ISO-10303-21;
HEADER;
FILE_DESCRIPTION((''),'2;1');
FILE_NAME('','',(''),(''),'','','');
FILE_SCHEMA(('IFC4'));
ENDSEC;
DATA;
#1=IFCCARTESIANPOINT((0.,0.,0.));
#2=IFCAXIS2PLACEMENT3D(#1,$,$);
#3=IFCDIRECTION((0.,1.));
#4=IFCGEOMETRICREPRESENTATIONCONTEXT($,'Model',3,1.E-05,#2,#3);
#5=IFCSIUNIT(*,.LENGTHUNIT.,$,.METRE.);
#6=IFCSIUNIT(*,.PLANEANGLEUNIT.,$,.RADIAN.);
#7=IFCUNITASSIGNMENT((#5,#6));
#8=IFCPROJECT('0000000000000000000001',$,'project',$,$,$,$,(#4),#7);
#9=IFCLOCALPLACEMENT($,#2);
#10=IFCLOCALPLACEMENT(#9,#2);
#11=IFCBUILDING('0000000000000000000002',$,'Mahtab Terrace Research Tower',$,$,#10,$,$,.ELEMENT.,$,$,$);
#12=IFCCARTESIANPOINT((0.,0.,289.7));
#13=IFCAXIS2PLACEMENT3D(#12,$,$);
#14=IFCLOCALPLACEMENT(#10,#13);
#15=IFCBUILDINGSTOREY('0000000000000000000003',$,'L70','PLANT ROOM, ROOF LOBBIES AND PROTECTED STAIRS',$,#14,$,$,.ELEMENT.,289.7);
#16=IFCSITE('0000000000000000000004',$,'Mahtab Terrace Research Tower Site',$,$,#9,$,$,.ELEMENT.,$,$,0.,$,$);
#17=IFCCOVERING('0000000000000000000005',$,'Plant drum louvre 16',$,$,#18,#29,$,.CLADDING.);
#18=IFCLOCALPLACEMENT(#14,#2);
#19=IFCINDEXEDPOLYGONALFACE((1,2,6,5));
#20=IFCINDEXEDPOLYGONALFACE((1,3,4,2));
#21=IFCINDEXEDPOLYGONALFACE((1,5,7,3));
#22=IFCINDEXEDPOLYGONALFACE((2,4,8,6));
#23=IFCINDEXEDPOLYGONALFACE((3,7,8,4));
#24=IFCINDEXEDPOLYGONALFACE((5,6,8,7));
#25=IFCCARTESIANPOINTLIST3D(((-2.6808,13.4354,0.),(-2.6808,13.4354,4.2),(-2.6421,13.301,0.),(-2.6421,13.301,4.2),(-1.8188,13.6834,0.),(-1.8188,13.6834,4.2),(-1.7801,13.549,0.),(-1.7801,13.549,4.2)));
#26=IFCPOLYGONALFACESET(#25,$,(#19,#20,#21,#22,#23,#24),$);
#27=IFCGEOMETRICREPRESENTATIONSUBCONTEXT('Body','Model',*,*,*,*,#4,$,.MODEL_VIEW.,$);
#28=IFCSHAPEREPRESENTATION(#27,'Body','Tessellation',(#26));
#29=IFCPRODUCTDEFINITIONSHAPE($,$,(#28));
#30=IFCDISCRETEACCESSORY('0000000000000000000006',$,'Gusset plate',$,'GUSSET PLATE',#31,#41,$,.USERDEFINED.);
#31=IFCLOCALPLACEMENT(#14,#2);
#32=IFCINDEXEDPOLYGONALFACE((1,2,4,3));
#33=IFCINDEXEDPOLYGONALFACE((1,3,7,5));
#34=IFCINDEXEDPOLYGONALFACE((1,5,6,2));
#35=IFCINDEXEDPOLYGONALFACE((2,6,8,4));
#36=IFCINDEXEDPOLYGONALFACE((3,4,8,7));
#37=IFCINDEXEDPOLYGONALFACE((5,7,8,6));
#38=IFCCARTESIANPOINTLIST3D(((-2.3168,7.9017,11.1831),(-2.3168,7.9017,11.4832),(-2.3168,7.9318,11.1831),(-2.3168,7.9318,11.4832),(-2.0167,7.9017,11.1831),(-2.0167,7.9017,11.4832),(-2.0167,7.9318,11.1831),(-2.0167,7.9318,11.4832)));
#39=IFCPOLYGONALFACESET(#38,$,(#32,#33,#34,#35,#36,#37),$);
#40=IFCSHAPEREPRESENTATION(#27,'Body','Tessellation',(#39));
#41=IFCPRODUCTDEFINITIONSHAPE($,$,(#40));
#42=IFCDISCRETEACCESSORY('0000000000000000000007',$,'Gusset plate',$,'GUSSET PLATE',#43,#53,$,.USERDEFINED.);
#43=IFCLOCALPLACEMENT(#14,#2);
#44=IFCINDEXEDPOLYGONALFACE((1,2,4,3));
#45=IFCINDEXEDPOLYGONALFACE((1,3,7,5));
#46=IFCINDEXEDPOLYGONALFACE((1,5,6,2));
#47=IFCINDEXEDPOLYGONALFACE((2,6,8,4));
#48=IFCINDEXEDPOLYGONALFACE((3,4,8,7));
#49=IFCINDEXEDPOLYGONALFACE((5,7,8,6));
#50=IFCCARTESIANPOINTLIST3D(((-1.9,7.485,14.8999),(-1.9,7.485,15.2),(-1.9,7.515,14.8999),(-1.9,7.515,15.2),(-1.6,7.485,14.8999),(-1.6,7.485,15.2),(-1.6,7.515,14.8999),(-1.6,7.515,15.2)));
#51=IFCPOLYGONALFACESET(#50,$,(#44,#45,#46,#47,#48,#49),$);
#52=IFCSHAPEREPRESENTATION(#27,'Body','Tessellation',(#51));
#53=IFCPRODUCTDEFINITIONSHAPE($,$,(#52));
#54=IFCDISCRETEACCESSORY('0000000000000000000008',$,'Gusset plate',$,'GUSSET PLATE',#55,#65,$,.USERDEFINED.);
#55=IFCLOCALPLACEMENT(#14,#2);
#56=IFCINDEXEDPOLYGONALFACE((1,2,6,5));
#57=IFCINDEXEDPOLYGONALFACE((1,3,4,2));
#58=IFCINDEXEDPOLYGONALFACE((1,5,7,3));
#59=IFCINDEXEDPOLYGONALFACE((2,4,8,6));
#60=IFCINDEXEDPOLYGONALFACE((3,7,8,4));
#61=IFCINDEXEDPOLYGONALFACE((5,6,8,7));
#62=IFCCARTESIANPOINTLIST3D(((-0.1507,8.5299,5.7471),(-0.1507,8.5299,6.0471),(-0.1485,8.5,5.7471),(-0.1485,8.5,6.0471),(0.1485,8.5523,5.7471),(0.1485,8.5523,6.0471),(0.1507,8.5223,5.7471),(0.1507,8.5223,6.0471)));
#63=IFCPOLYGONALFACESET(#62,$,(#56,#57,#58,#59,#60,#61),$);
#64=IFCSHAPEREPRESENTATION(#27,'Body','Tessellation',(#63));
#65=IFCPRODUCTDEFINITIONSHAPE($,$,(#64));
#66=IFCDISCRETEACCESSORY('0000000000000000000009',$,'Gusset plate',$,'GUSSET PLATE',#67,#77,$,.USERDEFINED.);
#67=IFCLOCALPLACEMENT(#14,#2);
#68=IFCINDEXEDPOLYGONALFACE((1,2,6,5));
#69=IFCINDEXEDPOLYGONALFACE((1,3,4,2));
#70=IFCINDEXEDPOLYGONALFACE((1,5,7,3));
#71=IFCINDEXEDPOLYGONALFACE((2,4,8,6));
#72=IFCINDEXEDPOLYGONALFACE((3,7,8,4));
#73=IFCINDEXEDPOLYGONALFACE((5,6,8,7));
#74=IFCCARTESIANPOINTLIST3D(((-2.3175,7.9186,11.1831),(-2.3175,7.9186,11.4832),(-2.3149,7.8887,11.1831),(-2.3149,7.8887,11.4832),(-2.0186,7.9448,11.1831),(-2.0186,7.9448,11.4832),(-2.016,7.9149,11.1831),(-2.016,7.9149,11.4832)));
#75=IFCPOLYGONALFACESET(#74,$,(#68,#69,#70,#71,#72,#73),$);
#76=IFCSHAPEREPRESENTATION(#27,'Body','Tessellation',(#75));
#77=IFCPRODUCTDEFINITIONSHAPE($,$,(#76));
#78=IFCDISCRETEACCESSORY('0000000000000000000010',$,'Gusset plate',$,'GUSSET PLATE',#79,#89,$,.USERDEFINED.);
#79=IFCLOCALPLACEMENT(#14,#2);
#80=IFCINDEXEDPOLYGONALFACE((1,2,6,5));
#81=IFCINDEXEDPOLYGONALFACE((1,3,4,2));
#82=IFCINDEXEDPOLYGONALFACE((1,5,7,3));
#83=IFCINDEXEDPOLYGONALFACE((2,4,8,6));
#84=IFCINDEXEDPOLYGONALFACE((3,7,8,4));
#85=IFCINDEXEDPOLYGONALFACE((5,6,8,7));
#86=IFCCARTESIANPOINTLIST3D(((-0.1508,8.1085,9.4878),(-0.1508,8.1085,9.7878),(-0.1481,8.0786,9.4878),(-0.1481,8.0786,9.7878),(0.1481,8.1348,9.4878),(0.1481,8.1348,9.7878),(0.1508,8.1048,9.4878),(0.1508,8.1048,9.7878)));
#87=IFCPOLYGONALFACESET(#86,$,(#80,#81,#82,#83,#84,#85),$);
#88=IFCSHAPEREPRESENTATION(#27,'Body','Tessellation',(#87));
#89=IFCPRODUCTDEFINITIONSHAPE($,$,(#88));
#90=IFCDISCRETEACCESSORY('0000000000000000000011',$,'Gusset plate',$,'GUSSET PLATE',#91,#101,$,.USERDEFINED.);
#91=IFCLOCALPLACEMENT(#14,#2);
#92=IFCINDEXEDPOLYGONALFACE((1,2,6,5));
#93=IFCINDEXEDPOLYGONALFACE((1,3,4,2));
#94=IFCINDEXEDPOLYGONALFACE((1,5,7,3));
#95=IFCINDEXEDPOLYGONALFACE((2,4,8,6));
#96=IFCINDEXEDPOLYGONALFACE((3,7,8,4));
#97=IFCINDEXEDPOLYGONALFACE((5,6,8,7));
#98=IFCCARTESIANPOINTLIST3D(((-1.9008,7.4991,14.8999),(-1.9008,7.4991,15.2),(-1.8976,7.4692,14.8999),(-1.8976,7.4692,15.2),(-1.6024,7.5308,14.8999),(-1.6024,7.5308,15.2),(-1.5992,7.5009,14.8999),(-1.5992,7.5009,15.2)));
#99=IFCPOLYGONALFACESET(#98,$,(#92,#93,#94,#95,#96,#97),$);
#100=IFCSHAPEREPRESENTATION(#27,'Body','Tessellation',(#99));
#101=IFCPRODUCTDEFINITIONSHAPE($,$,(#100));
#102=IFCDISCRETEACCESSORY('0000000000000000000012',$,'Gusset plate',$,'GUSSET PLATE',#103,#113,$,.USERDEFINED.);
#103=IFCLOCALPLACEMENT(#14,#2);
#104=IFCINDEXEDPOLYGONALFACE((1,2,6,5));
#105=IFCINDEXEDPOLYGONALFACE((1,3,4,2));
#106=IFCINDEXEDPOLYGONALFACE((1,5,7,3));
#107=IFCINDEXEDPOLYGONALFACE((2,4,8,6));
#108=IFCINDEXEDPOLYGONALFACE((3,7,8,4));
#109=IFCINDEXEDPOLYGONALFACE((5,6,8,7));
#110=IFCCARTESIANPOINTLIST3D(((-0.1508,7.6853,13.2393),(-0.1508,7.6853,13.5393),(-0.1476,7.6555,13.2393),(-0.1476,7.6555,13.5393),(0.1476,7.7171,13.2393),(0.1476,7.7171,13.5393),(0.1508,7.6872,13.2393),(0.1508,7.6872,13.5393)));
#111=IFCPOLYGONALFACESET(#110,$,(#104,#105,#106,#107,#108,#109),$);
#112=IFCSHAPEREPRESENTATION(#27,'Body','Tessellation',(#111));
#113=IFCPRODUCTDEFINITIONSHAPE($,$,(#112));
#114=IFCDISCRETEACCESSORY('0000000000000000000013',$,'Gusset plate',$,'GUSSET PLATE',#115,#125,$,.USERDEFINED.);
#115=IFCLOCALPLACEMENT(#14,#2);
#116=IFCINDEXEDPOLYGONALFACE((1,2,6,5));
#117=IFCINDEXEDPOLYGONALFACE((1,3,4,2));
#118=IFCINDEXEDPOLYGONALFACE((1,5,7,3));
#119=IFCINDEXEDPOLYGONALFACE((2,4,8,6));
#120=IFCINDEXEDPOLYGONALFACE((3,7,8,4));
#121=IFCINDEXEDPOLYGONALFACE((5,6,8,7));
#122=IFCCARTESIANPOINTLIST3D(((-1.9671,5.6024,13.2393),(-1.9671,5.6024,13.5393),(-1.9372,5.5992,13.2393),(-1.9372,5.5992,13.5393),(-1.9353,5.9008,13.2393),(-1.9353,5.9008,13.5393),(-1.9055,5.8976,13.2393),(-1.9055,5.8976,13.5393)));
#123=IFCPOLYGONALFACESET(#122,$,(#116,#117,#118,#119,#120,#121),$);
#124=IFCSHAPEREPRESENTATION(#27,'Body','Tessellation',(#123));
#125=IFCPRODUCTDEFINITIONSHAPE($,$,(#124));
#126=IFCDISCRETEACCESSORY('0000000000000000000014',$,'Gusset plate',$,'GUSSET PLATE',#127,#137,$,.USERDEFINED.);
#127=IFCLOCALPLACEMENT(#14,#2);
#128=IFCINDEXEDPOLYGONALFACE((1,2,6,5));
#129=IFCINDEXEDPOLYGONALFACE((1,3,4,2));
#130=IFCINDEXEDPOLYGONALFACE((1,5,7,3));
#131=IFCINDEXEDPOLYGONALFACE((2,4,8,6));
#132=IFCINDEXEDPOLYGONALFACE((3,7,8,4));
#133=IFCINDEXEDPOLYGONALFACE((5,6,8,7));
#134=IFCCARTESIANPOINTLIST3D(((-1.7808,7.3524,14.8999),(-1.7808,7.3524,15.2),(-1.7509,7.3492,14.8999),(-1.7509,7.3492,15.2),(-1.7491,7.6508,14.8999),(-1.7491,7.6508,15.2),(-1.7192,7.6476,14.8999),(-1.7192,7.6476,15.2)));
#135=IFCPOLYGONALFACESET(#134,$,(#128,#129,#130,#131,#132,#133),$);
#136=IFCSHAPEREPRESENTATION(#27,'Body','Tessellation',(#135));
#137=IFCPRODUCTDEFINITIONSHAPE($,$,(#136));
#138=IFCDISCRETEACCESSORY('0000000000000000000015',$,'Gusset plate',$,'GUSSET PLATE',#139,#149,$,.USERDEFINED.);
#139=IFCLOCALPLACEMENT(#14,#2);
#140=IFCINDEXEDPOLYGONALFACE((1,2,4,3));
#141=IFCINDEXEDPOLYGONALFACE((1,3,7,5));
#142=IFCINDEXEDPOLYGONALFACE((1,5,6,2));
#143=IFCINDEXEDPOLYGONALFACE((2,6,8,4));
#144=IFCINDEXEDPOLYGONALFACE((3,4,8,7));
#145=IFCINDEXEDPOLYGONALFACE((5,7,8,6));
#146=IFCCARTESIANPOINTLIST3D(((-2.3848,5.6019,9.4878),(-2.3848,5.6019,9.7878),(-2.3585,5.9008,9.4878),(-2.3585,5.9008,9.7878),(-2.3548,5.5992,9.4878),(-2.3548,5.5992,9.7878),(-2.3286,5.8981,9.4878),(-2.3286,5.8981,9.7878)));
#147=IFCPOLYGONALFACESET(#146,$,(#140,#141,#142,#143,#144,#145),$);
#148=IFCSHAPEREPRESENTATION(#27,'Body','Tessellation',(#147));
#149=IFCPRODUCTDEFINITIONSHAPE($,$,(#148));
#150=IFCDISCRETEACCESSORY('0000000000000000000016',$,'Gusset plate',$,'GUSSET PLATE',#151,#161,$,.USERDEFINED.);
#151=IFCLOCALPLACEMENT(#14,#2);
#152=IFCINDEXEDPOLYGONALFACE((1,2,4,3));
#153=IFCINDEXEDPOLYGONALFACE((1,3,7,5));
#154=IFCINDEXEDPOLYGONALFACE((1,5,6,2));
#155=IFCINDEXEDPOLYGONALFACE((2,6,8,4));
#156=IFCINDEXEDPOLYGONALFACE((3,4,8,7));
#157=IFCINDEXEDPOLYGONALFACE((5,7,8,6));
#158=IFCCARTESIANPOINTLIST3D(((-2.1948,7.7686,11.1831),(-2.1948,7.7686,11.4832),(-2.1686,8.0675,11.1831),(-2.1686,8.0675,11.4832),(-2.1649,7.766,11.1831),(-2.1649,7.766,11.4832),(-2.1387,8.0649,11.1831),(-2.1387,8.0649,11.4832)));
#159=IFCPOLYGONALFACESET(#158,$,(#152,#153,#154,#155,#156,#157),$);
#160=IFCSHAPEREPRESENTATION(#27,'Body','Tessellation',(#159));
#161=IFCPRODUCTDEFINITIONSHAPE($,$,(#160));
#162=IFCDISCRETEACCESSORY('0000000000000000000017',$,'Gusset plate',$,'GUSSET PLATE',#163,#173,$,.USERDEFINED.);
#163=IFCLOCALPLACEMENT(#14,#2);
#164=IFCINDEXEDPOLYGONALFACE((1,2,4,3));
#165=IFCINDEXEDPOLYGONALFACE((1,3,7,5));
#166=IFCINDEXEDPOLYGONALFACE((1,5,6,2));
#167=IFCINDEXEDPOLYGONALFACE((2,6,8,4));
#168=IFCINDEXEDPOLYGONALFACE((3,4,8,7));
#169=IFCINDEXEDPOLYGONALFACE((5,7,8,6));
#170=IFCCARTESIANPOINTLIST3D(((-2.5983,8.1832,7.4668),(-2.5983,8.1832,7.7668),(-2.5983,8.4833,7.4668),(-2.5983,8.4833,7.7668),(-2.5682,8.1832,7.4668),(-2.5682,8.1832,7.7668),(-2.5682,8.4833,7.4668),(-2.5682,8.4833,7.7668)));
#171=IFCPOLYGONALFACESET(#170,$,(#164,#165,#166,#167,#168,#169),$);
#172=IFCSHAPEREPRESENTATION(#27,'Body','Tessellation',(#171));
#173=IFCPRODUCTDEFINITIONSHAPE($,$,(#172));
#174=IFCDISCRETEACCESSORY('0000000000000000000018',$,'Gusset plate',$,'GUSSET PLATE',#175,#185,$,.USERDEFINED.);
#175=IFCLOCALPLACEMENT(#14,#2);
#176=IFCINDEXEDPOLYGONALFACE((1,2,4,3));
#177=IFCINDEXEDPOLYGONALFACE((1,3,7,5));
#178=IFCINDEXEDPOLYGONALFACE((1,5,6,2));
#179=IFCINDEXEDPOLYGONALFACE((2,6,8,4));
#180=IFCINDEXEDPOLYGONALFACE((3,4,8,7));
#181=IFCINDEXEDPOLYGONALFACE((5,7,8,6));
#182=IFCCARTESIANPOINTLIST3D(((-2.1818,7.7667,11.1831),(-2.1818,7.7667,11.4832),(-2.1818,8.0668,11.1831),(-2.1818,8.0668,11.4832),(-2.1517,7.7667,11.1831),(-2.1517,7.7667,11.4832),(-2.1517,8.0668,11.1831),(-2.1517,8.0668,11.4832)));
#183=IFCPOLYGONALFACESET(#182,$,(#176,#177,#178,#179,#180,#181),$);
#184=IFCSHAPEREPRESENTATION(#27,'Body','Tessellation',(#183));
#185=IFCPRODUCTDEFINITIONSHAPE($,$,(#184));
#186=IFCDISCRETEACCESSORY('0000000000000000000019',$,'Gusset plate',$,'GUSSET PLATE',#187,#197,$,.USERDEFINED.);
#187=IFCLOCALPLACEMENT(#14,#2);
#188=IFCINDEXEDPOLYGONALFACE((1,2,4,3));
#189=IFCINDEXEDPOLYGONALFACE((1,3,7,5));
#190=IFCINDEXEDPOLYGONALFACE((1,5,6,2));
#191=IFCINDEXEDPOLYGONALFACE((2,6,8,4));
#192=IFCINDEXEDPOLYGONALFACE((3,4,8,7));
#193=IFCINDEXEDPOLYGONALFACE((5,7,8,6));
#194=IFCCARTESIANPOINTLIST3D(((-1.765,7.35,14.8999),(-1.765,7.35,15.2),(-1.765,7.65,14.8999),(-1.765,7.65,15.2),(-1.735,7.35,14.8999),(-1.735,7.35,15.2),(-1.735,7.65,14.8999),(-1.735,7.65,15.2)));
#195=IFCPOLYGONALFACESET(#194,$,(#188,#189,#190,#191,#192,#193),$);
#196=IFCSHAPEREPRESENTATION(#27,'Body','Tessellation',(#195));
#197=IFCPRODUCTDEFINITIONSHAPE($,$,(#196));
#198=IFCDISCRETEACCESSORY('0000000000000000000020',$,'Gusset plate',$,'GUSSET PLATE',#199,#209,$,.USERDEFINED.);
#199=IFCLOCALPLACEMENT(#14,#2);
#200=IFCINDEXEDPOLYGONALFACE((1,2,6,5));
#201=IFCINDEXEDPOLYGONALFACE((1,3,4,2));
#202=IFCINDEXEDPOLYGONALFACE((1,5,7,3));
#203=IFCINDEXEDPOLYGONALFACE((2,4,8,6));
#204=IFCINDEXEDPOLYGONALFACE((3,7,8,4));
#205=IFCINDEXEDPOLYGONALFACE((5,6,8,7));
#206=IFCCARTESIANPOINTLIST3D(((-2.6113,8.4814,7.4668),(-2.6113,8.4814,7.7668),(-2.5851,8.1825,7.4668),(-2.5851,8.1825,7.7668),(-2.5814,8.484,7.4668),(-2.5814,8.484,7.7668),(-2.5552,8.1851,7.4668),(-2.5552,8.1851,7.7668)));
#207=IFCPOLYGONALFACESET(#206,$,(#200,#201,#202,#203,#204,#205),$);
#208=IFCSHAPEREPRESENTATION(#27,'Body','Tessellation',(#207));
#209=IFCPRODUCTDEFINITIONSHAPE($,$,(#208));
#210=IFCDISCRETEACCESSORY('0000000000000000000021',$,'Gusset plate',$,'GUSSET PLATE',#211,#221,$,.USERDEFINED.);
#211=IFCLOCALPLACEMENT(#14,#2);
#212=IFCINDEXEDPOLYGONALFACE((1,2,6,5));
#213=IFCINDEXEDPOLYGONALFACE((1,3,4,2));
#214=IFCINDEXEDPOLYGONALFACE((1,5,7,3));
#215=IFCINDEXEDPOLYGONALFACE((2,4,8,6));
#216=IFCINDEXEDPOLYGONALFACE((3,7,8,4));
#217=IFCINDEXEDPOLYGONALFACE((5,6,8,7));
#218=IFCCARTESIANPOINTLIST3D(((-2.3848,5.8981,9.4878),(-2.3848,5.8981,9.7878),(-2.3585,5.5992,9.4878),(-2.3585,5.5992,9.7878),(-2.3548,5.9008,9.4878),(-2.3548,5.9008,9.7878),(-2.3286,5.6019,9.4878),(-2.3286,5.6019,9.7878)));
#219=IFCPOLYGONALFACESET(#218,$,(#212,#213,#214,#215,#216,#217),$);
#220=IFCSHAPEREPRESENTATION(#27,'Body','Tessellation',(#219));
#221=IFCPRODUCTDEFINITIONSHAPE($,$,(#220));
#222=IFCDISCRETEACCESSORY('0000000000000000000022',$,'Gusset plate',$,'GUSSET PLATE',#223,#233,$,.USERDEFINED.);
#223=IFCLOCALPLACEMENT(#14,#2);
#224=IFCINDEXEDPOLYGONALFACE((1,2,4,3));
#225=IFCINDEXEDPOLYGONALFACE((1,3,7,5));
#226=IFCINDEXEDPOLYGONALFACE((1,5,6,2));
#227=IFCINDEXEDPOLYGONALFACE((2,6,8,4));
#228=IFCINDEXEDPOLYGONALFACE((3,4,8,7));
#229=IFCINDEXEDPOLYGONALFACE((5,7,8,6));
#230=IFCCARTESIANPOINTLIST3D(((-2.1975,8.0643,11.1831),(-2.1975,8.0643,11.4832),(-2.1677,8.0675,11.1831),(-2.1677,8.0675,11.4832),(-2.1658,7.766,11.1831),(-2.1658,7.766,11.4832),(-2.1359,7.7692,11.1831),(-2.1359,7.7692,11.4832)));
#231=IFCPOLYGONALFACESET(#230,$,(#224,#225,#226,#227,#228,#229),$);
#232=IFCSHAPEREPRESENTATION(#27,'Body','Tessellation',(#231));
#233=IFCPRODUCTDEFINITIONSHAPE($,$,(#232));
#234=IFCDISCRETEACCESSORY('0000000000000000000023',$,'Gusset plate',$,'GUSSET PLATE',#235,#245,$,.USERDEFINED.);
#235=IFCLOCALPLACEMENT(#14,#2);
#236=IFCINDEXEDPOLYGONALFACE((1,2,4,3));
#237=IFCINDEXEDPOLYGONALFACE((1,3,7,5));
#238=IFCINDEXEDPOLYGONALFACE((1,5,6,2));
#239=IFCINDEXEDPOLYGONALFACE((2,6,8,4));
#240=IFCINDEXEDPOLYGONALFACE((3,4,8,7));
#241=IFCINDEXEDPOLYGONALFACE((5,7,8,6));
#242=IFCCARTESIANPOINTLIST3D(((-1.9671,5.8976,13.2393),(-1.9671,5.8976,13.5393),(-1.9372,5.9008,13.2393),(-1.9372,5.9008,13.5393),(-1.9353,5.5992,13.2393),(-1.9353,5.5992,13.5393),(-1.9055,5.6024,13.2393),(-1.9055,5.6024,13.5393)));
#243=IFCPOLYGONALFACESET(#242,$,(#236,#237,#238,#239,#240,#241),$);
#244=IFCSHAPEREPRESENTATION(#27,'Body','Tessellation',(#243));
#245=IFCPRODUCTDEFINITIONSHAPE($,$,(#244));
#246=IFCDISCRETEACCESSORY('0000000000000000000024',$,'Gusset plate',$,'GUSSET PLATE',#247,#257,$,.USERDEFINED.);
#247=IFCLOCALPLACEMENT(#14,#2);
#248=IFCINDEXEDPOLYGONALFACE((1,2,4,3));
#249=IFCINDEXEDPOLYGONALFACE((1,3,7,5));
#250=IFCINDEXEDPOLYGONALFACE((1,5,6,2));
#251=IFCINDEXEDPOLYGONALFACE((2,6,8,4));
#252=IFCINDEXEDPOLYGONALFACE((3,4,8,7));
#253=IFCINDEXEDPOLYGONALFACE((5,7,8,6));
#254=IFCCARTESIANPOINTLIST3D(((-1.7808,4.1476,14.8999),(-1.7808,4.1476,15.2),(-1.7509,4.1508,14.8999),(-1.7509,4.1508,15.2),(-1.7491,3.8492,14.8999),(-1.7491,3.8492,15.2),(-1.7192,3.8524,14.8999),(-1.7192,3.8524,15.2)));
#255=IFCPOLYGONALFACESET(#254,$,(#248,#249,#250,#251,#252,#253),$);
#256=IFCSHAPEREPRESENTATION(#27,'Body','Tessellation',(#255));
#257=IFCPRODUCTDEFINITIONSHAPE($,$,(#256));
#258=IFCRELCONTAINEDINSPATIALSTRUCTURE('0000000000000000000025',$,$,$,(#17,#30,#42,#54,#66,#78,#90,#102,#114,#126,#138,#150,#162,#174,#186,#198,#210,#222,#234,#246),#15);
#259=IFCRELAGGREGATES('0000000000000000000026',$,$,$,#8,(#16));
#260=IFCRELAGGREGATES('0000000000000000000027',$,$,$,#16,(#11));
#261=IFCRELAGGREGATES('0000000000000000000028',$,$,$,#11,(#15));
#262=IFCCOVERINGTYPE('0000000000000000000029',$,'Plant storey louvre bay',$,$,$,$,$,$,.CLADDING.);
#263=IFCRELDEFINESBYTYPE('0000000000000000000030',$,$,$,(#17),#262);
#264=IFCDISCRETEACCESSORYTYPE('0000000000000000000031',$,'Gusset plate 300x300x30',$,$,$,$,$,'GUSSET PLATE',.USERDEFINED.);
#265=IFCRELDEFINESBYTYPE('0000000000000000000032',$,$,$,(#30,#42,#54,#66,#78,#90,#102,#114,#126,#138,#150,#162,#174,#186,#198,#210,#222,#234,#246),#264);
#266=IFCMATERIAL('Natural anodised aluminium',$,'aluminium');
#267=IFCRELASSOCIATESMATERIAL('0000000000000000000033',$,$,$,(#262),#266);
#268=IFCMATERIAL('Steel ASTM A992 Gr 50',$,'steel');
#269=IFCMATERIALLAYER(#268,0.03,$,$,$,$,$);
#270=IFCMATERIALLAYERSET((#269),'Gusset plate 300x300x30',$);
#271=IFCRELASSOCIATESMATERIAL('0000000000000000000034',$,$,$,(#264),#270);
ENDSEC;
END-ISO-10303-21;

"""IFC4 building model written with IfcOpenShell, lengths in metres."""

from ifc_helpers import new_model, si_unit, direction, frame, origin, origin_2d, place, context, subcontext, project, spatial, rectangle, extrude, material, layer, layer_set, type_object, element, save


model = new_model("IFC4")

# Units and contexts
model_context = context("Model", 3, precision=1e-05, world=origin(), true_north=direction((0.0, 1.0)))
body_context = subcontext(model_context, "Body", "Model", "MODEL_VIEW")
ifc_project = project(units=[si_unit("LENGTHUNIT", "METRE"), si_unit("PLANEANGLEUNIT", "RADIAN")], contexts=[model_context])

# Site, building, storey
site_placement = place(None, origin())
site = spatial("IfcSite", under=ifc_project, at=site_placement, Name="Mahtab Terrace Research Tower Site", CompositionType="ELEMENT", RefElevation=0.0)
building_placement = place(site_placement, origin())
building = spatial("IfcBuilding", under=site, at=building_placement, Name="Mahtab Terrace Research Tower", CompositionType="ELEMENT")
storey_placement = place(building_placement, frame((0.0, 0.0, 289.7)))
storey = spatial("IfcBuildingStorey", under=building, at=storey_placement, Name="L70", Description="PLANT ROOM, ROOF LOBBIES AND PROTECTED STAIRS", CompositionType="ELEMENT", Elevation=289.7)

# Covering
ifc_material_1 = material(Name="Natural anodised aluminium", Category="aluminium")
covering_type = type_object("IfcCoveringType", Name="Plant storey louvre bay", PredefinedType="CLADDING", material=ifc_material_1)
covering_1_placement = place(storey_placement, frame((-2.2305, 13.4922, 0.0), z_axis=(0.0, 0.0, 1.0), x_axis=(-0.961017, -0.276488, 0.0)))
element("IfcCovering", 1, at=covering_1_placement, inside=storey, type_object=covering_type, Name="Plant drum louvre 16", PredefinedType="CLADDING", context=body_context, shape_type="SweptSolid", body=[
    extrude(rectangle(XDim=0.897, YDim=0.1399, at=origin_2d()), origin(), (0.0, 0.0, 1.0), 4.2),
])

# Discrete accessories
ifc_material_2 = material(Name="Steel ASTM A992 Gr 50", Category="steel")
ifc_layer = layer(ifc_material_2, 0.03)
ifc_layer_set = layer_set([ifc_layer], Name="Gusset plate 300x300x30")
discrete_accessory_type = type_object("IfcDiscreteAccessoryType", Name="Gusset plate 300x300x30", ElementType="GUSSET PLATE", PredefinedType="USERDEFINED", material=ifc_layer_set)
for number, where, z_axis, x_axis, name in (
    (2, (-2.1667, 7.9167, 11.1831), (0.0, 0.0, 1.0), (1.0, 0.0, 0.0), "Gusset plate"),
    (3, (-1.75, 7.5, 14.8999), (0.0, 0.0, 1.0), (1.0, 0.0, 0.0), "Gusset plate"),
    (4, (0.0, 8.5261, 5.7471), (0.0, 0.0, 1.0), (0.997227, 0.074422, 0.0), "Gusset plate"),
    (5, (-2.1667, 7.9167, 11.1831), (0.0, 0.0, 1.0), (0.996175, 0.087382, 0.0), "Gusset plate"),
    (6, (0.0, 8.1067, 9.4878), (0.0, 0.0, 1.0), (0.996175, 0.087382, 0.0), "Gusset plate"),
    (7, (-1.75, 7.5, 14.8999), (0.0, 0.0, 1.0), (0.99439, 0.105778, 0.0), "Gusset plate"),
    (8, (0.0, 7.6863, 13.2393), (0.0, 0.0, 1.0), (0.99439, 0.105778, 0.0), "Gusset plate"),
    (9, (-1.9363, 5.75, 13.2393), (0.0, 0.0, 1.0), (0.105778, 0.99439, 0.0), "Gusset plate"),
    (10, (-1.75, 7.5, 14.8999), (0.0, 0.0, 1.0), (0.105795, 0.994388, 0.0), "Gusset plate"),
    (11, (-2.3567, 5.75, 9.4878), (0.0, 0.0, 1.0), (0.087399, 0.996173, 0.0), "Gusset plate"),
    (12, (-2.1667, 7.9167, 11.1831), (0.0, 0.0, 1.0), (0.087364, 0.996176, 0.0), "Gusset plate"),
    (13, (-2.5833, 8.3333, 7.4668), (0.0, 0.0, 1.0), (0.0, 1.0, 0.0), "Gusset plate"),
    (14, (-2.1667, 7.9167, 11.1831), (0.0, 0.0, 1.0), (0.0, 1.0, 0.0), "Gusset plate"),
    (15, (-1.75, 7.5, 14.8999), (0.0, 0.0, 1.0), (0.0, 1.0, 0.0), "Gusset plate"),
    (16, (-2.5833, 8.3333, 7.4668), (0.0, 0.0, 1.0), (-0.087382, 0.996175, 0.0), "Gusset plate"),
    (17, (-2.3567, 5.75, 9.4878), (0.0, 0.0, 1.0), (-0.087382, 0.996175, 0.0), "Gusset plate"),
    (18, (-2.1667, 7.9167, 11.1831), (0.0, 0.0, 1.0), (-0.105778, 0.99439, 0.0), "Gusset plate"),
    (19, (-1.9363, 5.75, 13.2393), (0.0, 0.0, 1.0), (-0.105778, 0.99439, 0.0), "Gusset plate"),
    (20, (-1.75, 4.0, 14.8999), (0.0, 0.0, 1.0), (-0.105778, 0.99439, 0.0), "Gusset plate"),
):
    element("IfcDiscreteAccessory", number, at=place(storey_placement, frame(where, z_axis=z_axis, x_axis=x_axis)), inside=storey, type_object=discrete_accessory_type, Name=name, ObjectType="GUSSET PLATE", PredefinedType="USERDEFINED", context=body_context, shape_type="SweptSolid", body=[
        extrude(rectangle(XDim=0.3, YDim=0.03, at=origin_2d()), origin(), (0.0, 0.0, 1.0), 0.3),
    ])

save(model, "model.ifc")
